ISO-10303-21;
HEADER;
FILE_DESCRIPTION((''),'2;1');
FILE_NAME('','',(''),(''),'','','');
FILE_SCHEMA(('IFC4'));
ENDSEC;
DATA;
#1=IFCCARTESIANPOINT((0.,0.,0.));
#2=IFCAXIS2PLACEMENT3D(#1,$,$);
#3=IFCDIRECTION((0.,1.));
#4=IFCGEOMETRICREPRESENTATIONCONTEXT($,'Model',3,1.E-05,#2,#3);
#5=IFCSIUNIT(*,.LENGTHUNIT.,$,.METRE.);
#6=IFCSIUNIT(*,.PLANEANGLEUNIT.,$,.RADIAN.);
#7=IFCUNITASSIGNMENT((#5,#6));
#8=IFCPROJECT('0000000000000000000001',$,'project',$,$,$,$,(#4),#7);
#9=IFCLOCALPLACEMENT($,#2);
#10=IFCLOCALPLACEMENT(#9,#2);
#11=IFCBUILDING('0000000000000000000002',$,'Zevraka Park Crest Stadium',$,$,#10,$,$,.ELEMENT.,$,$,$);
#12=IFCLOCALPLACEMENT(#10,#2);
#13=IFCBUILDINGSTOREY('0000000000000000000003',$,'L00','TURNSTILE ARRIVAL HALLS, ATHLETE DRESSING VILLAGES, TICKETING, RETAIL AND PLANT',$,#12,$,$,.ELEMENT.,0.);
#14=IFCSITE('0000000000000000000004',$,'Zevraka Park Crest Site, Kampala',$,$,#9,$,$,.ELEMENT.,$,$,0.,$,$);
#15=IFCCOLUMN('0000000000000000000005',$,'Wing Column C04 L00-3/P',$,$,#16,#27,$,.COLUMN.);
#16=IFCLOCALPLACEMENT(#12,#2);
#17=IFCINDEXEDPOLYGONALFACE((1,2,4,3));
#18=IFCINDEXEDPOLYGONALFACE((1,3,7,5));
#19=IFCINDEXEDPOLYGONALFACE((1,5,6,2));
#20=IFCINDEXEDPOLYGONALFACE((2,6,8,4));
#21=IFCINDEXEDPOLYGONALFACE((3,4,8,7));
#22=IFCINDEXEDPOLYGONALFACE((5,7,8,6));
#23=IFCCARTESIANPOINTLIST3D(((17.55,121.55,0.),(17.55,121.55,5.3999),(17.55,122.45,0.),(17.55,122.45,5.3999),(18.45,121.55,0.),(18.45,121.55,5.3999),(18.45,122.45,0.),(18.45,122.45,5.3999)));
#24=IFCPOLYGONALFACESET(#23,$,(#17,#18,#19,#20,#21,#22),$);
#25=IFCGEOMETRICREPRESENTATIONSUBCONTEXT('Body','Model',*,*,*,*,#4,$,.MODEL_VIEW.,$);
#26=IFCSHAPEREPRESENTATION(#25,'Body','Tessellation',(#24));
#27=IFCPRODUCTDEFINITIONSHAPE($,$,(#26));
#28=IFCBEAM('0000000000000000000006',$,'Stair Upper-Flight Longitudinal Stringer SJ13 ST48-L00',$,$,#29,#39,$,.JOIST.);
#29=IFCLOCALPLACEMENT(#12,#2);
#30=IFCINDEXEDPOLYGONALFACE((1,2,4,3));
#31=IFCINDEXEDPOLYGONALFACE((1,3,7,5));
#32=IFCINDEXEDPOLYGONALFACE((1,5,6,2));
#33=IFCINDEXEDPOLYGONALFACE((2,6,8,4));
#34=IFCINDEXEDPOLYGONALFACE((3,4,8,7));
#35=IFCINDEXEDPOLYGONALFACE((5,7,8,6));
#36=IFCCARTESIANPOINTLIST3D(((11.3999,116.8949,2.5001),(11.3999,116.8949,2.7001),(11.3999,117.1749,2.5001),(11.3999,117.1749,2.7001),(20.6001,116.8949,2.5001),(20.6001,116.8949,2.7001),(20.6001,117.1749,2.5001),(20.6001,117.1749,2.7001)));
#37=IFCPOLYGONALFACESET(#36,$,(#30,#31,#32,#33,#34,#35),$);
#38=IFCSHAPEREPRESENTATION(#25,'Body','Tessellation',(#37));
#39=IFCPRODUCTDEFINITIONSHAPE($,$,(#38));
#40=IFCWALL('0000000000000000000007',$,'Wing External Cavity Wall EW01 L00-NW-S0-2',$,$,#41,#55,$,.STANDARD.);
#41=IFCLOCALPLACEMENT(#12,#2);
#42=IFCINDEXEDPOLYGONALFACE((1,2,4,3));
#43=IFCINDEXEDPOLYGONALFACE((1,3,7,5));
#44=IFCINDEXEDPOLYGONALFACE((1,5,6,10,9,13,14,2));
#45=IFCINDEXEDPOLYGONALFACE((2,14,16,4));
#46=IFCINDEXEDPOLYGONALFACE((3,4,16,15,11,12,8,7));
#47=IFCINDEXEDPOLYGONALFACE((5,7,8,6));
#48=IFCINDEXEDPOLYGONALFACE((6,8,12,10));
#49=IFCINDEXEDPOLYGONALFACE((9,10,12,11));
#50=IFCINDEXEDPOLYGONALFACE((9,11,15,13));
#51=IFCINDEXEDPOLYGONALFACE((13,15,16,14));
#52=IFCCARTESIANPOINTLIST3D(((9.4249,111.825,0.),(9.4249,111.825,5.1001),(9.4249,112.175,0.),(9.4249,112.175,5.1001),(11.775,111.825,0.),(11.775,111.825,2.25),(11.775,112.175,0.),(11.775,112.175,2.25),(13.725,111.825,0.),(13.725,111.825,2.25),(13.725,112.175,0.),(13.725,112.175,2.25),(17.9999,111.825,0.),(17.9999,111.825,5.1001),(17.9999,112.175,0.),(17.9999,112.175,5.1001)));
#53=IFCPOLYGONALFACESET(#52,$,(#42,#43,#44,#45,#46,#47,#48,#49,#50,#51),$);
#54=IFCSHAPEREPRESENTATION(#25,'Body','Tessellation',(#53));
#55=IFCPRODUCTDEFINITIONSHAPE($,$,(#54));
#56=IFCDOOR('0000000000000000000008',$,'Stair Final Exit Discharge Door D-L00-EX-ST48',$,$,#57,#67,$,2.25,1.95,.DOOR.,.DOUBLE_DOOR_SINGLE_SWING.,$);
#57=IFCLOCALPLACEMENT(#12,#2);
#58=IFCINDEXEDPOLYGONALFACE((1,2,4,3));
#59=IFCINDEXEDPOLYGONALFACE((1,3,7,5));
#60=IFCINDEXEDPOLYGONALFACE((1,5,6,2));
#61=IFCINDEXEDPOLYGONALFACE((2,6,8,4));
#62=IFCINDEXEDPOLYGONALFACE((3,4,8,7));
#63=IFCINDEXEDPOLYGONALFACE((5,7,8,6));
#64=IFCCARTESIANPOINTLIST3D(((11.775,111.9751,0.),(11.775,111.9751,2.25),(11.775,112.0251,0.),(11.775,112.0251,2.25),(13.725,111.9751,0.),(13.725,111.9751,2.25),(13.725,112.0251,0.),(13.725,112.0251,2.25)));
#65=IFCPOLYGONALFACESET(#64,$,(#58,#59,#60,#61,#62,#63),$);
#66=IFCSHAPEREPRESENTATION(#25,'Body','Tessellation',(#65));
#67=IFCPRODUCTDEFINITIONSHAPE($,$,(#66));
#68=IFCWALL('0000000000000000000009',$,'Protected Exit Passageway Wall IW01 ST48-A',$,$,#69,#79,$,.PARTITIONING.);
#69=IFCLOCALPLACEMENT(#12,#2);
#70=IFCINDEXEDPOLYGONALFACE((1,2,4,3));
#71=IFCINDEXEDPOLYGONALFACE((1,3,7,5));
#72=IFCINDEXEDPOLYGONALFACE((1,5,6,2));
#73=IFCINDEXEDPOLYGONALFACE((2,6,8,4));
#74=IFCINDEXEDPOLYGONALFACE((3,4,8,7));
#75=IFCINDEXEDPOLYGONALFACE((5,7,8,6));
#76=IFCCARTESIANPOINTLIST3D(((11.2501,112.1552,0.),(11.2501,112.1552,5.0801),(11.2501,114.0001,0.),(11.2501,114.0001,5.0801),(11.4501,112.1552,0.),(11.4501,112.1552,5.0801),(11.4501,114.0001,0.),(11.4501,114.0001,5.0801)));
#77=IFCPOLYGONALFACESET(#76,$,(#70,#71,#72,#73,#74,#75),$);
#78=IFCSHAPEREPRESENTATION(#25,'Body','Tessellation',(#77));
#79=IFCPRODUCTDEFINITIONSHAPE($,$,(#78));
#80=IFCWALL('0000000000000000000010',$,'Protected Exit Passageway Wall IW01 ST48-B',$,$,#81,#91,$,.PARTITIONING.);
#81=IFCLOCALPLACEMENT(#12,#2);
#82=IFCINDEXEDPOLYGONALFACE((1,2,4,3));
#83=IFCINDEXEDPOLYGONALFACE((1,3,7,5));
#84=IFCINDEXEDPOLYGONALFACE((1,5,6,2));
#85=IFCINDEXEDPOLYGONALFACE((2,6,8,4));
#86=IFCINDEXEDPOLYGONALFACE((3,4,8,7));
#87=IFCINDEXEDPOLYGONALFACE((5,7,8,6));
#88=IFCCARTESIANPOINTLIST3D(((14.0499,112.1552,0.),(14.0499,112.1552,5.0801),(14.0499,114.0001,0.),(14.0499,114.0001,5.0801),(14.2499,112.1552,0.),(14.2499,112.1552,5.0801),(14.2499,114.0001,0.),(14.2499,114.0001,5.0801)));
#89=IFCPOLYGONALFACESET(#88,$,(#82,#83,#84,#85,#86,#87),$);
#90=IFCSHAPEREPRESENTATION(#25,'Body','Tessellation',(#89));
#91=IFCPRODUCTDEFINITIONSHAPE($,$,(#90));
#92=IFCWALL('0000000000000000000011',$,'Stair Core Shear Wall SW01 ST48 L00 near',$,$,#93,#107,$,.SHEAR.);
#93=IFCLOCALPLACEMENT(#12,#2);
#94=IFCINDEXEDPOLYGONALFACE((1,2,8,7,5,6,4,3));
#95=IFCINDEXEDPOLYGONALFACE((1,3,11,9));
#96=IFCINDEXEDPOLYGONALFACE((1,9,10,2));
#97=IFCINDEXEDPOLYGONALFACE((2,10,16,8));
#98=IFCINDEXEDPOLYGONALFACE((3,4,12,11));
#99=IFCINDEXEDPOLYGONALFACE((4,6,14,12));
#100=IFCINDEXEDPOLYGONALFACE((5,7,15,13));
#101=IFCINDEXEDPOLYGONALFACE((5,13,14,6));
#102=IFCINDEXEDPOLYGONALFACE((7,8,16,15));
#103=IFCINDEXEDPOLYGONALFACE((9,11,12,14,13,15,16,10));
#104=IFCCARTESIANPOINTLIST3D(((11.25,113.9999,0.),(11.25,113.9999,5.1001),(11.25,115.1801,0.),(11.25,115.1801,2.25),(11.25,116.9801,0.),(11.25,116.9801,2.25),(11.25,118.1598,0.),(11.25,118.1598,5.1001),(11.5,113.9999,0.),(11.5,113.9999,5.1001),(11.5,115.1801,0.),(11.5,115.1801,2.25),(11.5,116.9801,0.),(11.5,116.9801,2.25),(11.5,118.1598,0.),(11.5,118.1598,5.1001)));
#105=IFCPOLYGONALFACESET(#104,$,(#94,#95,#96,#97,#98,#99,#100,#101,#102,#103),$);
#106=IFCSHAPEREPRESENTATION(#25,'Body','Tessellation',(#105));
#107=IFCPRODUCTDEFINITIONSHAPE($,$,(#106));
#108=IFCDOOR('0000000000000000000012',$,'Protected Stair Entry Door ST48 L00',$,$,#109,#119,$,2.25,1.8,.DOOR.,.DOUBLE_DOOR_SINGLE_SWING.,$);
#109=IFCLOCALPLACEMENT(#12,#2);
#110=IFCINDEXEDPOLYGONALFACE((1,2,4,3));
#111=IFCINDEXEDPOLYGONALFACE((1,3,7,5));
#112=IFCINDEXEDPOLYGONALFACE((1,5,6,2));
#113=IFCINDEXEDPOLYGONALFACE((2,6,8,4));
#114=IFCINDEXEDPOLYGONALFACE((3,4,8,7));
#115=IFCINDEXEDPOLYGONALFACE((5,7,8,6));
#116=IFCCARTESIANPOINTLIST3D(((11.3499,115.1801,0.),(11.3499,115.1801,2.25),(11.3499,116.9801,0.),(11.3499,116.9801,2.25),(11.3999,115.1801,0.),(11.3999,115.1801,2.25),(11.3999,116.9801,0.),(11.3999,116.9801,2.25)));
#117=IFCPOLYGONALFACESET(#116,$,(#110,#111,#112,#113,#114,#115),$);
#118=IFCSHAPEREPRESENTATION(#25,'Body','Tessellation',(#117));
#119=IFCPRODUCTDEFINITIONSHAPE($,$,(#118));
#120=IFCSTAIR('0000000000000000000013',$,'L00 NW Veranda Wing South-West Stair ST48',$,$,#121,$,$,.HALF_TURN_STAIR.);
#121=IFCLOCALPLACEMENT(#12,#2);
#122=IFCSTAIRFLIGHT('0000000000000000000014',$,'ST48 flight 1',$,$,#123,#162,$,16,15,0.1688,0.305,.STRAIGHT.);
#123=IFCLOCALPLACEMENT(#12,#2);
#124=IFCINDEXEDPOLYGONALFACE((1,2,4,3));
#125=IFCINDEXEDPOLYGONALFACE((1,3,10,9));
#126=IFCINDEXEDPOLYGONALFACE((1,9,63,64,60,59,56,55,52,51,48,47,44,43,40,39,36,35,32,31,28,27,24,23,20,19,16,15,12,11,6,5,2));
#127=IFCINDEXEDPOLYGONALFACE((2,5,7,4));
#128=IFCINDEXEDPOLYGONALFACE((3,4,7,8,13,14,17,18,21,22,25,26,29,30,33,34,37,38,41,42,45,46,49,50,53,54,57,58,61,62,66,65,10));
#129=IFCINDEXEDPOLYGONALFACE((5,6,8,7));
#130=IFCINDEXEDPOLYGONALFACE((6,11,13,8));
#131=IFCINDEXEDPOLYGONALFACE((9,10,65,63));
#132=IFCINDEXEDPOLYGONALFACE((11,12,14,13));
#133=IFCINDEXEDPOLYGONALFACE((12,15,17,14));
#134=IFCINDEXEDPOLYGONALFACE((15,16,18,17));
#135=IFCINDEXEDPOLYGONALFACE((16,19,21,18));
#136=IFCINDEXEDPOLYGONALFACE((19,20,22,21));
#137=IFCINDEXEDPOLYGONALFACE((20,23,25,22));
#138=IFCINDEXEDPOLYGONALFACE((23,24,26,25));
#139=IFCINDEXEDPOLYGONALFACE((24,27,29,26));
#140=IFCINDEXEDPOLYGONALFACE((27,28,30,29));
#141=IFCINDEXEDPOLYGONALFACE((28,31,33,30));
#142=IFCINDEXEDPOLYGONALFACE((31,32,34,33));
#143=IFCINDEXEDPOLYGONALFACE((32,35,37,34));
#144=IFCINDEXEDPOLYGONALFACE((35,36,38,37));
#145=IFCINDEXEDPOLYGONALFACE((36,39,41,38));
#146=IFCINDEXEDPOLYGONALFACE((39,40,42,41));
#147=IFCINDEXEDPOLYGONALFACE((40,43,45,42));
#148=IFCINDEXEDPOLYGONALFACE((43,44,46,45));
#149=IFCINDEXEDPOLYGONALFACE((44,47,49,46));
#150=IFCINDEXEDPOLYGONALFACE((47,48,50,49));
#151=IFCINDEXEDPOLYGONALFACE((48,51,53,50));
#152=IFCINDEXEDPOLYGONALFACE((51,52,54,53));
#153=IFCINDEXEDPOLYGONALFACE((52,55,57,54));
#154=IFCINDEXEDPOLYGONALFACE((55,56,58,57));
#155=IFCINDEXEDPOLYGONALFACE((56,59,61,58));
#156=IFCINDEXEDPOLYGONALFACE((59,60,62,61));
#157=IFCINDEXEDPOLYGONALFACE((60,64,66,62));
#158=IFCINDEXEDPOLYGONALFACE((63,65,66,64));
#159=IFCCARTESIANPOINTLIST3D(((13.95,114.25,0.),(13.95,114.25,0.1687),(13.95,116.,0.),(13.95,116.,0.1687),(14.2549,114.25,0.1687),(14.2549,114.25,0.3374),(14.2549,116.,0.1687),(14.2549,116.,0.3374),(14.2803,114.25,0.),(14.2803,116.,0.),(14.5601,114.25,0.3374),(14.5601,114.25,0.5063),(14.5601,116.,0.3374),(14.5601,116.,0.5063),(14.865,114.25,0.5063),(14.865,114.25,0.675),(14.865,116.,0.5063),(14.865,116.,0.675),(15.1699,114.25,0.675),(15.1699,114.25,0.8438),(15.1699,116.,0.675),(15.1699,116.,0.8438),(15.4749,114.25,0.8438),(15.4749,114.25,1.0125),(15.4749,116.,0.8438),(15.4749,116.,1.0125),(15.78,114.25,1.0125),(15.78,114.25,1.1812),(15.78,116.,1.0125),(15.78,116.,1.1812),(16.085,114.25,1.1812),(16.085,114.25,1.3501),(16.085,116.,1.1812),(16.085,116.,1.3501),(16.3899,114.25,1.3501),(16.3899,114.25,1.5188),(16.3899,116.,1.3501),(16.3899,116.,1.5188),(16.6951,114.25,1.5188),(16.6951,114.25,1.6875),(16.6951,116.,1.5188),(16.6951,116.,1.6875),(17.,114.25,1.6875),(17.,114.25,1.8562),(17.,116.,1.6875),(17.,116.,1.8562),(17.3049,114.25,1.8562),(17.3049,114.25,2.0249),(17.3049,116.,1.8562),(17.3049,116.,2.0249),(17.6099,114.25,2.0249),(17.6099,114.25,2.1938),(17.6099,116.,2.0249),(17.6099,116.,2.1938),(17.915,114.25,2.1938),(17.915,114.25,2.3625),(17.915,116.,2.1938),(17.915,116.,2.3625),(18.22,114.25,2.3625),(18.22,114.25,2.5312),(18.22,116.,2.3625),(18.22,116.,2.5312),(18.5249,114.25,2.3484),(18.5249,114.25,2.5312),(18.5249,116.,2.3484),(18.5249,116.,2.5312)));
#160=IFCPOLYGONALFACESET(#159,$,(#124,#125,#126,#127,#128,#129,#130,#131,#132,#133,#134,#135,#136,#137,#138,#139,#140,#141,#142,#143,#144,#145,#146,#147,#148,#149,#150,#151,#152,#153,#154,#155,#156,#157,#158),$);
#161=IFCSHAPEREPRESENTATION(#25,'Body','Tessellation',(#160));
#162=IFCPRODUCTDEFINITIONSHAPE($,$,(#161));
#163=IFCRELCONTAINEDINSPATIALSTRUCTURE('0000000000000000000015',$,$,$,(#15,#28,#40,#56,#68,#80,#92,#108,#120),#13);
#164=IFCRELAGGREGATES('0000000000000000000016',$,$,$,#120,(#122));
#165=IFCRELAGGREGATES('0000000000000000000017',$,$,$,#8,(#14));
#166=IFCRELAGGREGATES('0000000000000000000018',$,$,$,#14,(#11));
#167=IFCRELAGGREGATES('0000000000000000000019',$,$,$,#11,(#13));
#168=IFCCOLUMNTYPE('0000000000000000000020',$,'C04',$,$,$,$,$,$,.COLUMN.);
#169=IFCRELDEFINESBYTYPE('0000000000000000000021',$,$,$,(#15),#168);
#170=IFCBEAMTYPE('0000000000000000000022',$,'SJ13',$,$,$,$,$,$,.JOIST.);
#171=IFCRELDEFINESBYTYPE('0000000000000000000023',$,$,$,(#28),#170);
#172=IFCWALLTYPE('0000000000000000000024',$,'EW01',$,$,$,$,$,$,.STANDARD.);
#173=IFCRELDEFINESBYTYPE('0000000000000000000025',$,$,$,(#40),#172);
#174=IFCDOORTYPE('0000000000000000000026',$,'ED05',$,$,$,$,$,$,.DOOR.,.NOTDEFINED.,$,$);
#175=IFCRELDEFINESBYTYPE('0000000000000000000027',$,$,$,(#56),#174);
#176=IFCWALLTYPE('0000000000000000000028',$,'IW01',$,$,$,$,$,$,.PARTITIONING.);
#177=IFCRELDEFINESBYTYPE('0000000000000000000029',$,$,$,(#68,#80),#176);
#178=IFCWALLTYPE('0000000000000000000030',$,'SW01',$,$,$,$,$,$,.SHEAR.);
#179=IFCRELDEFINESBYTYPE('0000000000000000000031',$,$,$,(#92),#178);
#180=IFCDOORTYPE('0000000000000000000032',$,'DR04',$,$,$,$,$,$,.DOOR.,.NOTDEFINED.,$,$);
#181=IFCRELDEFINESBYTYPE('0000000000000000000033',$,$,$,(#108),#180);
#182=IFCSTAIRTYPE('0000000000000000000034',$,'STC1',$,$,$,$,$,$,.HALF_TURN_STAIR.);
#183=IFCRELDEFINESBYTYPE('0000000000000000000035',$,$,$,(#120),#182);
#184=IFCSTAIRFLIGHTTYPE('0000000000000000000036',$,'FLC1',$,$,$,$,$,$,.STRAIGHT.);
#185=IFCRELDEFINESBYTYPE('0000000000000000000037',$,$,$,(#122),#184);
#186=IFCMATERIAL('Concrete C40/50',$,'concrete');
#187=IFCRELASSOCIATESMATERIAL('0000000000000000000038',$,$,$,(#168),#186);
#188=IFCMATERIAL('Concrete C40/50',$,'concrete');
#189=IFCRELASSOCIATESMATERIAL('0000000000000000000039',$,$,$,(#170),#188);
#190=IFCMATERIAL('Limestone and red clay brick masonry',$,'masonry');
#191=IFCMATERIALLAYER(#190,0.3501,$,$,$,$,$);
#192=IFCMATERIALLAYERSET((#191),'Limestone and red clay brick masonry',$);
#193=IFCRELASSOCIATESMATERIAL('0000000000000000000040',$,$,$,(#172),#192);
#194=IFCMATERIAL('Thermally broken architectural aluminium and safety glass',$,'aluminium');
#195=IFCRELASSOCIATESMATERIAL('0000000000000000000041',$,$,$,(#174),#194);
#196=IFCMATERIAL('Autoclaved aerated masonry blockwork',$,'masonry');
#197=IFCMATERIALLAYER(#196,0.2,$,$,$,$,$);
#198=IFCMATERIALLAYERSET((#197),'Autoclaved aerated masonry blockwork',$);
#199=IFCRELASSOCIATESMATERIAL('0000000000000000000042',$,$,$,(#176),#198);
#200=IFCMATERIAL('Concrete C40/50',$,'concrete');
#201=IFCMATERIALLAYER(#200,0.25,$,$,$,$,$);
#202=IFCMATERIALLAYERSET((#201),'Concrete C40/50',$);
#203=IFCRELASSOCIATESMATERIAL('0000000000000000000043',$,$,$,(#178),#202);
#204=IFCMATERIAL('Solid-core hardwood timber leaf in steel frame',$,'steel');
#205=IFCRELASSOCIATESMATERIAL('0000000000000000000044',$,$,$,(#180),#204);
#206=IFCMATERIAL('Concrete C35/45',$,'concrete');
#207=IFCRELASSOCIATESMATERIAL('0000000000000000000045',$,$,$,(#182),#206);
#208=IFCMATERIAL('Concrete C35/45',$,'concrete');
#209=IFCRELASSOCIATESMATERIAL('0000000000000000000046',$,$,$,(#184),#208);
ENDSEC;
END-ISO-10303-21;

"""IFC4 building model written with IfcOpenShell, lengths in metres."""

from ifc_helpers import new_model, si_unit, direction, frame, frame_2d, origin, origin_2d, place, context, subcontext, project, spatial, polyline, rectangle, outline, extrude, material, layer, layer_set, material_profile, profile_set, type_object, element, fill, aggregate, save


model = new_model("IFC4")

# Units and contexts
model_context = context("Model", 3, precision=1e-05, world=origin(), true_north=direction((0.0, 1.0)))
body_context = subcontext(model_context, "Body", "Model", "MODEL_VIEW")
ifc_project = project(units=[si_unit("LENGTHUNIT", "METRE"), si_unit("PLANEANGLEUNIT", "RADIAN")], contexts=[model_context])

# Site, building, storey
site_placement = place(None, origin())
site = spatial("IfcSite", under=ifc_project, at=site_placement, Name="Zevraka Park Crest Site, Kampala", CompositionType="ELEMENT", RefElevation=0.0)
building_placement = place(site_placement, origin())
building = spatial("IfcBuilding", under=site, at=building_placement, Name="Zevraka Park Crest Stadium", CompositionType="ELEMENT")
storey_placement = place(building_placement, origin())
storey = spatial("IfcBuildingStorey", under=building, at=storey_placement, Name="L00", Description="TURNSTILE ARRIVAL HALLS, ATHLETE DRESSING VILLAGES, TICKETING, RETAIL AND PLANT", CompositionType="ELEMENT", Elevation=0.0)

# Column
ifc_material_1 = material(Name="Concrete C40/50", Category="concrete")
ifc_material_profile_1 = material_profile(ifc_material_1, rectangle(XDim=0.8999, YDim=0.8999, at=origin_2d()), Name="RC 900x900")
ifc_profile_set_1 = profile_set([ifc_material_profile_1], Name="Concrete C40/50")
column_type = type_object("IfcColumnType", Name="C04", PredefinedType="COLUMN", material=ifc_profile_set_1)
for number, where, z_axis, x_axis, name in (
    (1, (18.0, 122.0, 0.0), (0.0, 0.0, 1.0), (1.0, 0.0, 0.0), "Wing Column C04 L00-3/P"),
):
    element("IfcColumn", number, at=place(storey_placement, frame(where, z_axis=z_axis, x_axis=x_axis)), inside=storey, type_object=column_type, Name=name, PredefinedType="COLUMN", context=body_context, shape_type="SweptSolid", body=[
        extrude(rectangle(XDim=0.8999, YDim=0.8999, at=origin_2d()), origin(), (0.0, 0.0, 1.0), 5.3999),
    ])

# Beam
ifc_material_2 = material(Name="Concrete C40/50", Category="concrete")
ifc_material_profile_2 = material_profile(ifc_material_2, rectangle(XDim=0.28, YDim=0.2, at=origin_2d()), Name="RC 200x280")
ifc_profile_set_2 = profile_set([ifc_material_profile_2], Name="Concrete C40/50")
beam_type = type_object("IfcBeamType", Name="SJ13", PredefinedType="JOIST", material=ifc_profile_set_2)
beam_placement = place(storey_placement, frame((11.3999, 117.0349, 2.6001), z_axis=(1.0, 0.0, 0.0), x_axis=(0.0, 1.0, 0.0)))
element("IfcBeam", 2, at=beam_placement, inside=storey, type_object=beam_type, Name="Stair Upper-Flight Longitudinal Stringer SJ13 ST48-L00", PredefinedType="JOIST", context=body_context, shape_type="SweptSolid", body=[
    extrude(rectangle(XDim=0.28, YDim=0.2, at=origin_2d()), origin(), (0.0, 0.0, 1.0), 9.2002),
])

# Wall, opening, door
ifc_material_3 = material(Name="Limestone and red clay brick masonry", Category="masonry")
ifc_layer_1 = layer(ifc_material_3, 0.3501)
ifc_layer_set_1 = layer_set([ifc_layer_1], Name="Limestone and red clay brick masonry")
wall_type_1 = type_object("IfcWallType", Name="EW01", PredefinedType="STANDARD", material=ifc_layer_set_1)
wall_1_placement = place(storey_placement, frame((18.0, 112.0, 0.0), z_axis=(0.0, 0.0, 1.0), x_axis=(-1.0, 0.0, 0.0)))
wall_1 = element("IfcWall", 3, at=wall_1_placement, inside=storey, type_object=wall_type_1, Name="Wing External Cavity Wall EW01 L00-NW-S0-2", PredefinedType="STANDARD", context=body_context, shape_type="SweptSolid", body=[
    extrude(rectangle(XDim=8.575, YDim=0.3501, at=frame_2d((4.2876, 0.0))), origin(), (0.0, 0.0, 1.0), 5.1001),
])
opening_1_placement = place(wall_1_placement, frame((4.2749, 0.0, 0.0)))
opening_1 = element("IfcOpeningElement", 4, at=opening_1_placement, cuts=wall_1, PredefinedType="OPENING", context=body_context, shape_type="SweptSolid", body=[
    extrude(rectangle(XDim=1.95, YDim=2.25, at=frame_2d((0.9751, 1.125))), frame((0.0, 0.1851, 0.0), z_axis=(0.0, -1.0, 0.0), x_axis=(1.0, 0.0, 0.0)), (0.0, 0.0, 1.0), 0.3701),
])
ifc_material_4 = material(Name="Thermally broken architectural aluminium and safety glass", Category="aluminium")
door_type_1 = type_object("IfcDoorType", Name="ED05", OperationType="NOTDEFINED", PredefinedType="DOOR", material=ifc_material_4)
door_1_placement = place(opening_1_placement, origin())
door_1 = element("IfcDoor", 5, at=door_1_placement, inside=storey, type_object=door_type_1, Name="Stair Final Exit Discharge Door D-L00-EX-ST48", OperationType="DOUBLE_DOOR_SINGLE_SWING", OverallHeight=2.25, OverallWidth=1.95, PredefinedType="DOOR", context=body_context, shape_type="SweptSolid", body=[
    extrude(rectangle(XDim=1.95, YDim=2.25, at=frame_2d((0.9751, 1.125))), frame((0.0, 0.0249, 0.0), z_axis=(0.0, -1.0, 0.0), x_axis=(1.0, 0.0, 0.0)), (0.0, 0.0, 1.0), 0.05),
])
fill(opening_1, door_1)

# Walls
ifc_material_5 = material(Name="Autoclaved aerated masonry blockwork", Category="masonry")
ifc_layer_2 = layer(ifc_material_5, 0.2)
ifc_layer_set_2 = layer_set([ifc_layer_2], Name="Autoclaved aerated masonry blockwork")
wall_type_2 = type_object("IfcWallType", Name="IW01", PredefinedType="PARTITIONING", material=ifc_layer_set_2)
for number, where, z_axis, x_axis, name in (
    (6, (11.3501, 114.0, 0.0), (0.0, 0.0, 1.0), (0.0, -1.0, 0.0), "Protected Exit Passageway Wall IW01 ST48-A"),
    (7, (14.1499, 114.0, 0.0), (0.0, 0.0, 1.0), (0.0, -1.0, 0.0), "Protected Exit Passageway Wall IW01 ST48-B"),
):
    element("IfcWall", number, at=place(storey_placement, frame(where, z_axis=z_axis, x_axis=x_axis)), inside=storey, type_object=wall_type_2, Name=name, PredefinedType="PARTITIONING", context=body_context, shape_type="SweptSolid", body=[
        extrude(rectangle(XDim=1.845, YDim=0.2, at=frame_2d((0.9224, 0.0))), origin(), (0.0, 0.0, 1.0), 5.0801),
    ])

# Wall, opening, door
ifc_material_6 = material(Name="Concrete C40/50", Category="concrete")
ifc_layer_3 = layer(ifc_material_6, 0.25)
ifc_layer_set_3 = layer_set([ifc_layer_3], Name="Concrete C40/50")
wall_type_3 = type_object("IfcWallType", Name="SW01", PredefinedType="SHEAR", material=ifc_layer_set_3)
wall_2_placement = place(storey_placement, frame((11.375, 118.1599, 0.0), z_axis=(0.0, 0.0, 1.0), x_axis=(0.0, -1.0, 0.0)))
wall_2 = element("IfcWall", 8, at=wall_2_placement, inside=storey, type_object=wall_type_3, Name="Stair Core Shear Wall SW01 ST48 L00 near", PredefinedType="SHEAR", context=body_context, shape_type="SweptSolid", body=[
    extrude(rectangle(XDim=4.1599, YDim=0.25, at=frame_2d((2.0801, 0.0))), origin(), (0.0, 0.0, 1.0), 5.1001),
])
opening_2_placement = place(wall_2_placement, frame((1.1799, 0.0, 0.0)))
opening_2 = element("IfcOpeningElement", 9, at=opening_2_placement, cuts=wall_2, PredefinedType="OPENING", context=body_context, shape_type="SweptSolid", body=[
    extrude(rectangle(XDim=1.8, YDim=2.25, at=frame_2d((0.8999, 1.125))), frame((0.0, 0.135, 0.0), z_axis=(0.0, -1.0, 0.0), x_axis=(1.0, 0.0, 0.0)), (0.0, 0.0, 1.0), 0.27),
])
ifc_material_7 = material(Name="Solid-core hardwood timber leaf in steel frame", Category="steel")
door_type_2 = type_object("IfcDoorType", Name="DR04", OperationType="NOTDEFINED", PredefinedType="DOOR", material=ifc_material_7)
door_2_placement = place(opening_2_placement, origin())
door_2 = element("IfcDoor", 10, at=door_2_placement, inside=storey, type_object=door_type_2, Name="Protected Stair Entry Door ST48 L00", OperationType="DOUBLE_DOOR_SINGLE_SWING", OverallHeight=2.25, OverallWidth=1.8, PredefinedType="DOOR", context=body_context, shape_type="SweptSolid", body=[
    extrude(rectangle(XDim=1.8, YDim=2.25, at=frame_2d((0.8999, 1.125))), frame((0.0, 0.0249, 0.0), z_axis=(0.0, -1.0, 0.0), x_axis=(1.0, 0.0, 0.0)), (0.0, 0.0, 1.0), 0.05),
])
fill(opening_2, door_2)

# Stair, stair flight
ifc_material_8 = material(Name="Concrete C35/45", Category="concrete")
stair_type = type_object("IfcStairType", Name="STC1", PredefinedType="HALF_TURN_STAIR", material=ifc_material_8)
stair_placement = place(storey_placement, origin())
stair = element("IfcStair", 11, at=stair_placement, inside=storey, type_object=stair_type, Name="L00 NW Veranda Wing South-West Stair ST48", PredefinedType="HALF_TURN_STAIR")
ifc_material_9 = material(Name="Concrete C35/45", Category="concrete")
stair_flight_type = type_object("IfcStairFlightType", Name="FLC1", PredefinedType="STRAIGHT", material=ifc_material_9)
stair_flight_placement = place(storey_placement, frame((13.95, 115.125, 0.0), z_axis=(0.0, 0.0, 1.0), x_axis=(1.0, 0.0, 0.0)))
stair_flight = element("IfcStairFlight", 12, at=stair_flight_placement, type_object=stair_flight_type, Name="ST48 flight 1", NumberOfRisers=16, NumberOfTreads=15, PredefinedType="STRAIGHT", RiserHeight=0.1688, TreadLength=0.305, context=body_context, shape_type="SweptSolid", body=[
    extrude(outline(polyline([(0.0, 0.0), (0.0, 0.1687), (0.3049, 0.1687), (0.3049, 0.3374), (0.6101, 0.3374), (0.6101, 0.5063), (0.915, 0.5063), (0.915, 0.675), (1.22, 0.675), (1.22, 0.8438), (1.5249, 0.8438), (1.5249, 1.0125), (1.8301, 1.0125), (1.8301, 1.1812), (2.135, 1.1812), (2.135, 1.3501), (2.4399, 1.3501), (2.4399, 1.5188), (2.7451, 1.5188), (2.7451, 1.6875), (3.05, 1.6875), (3.05, 1.8562), (3.355, 1.8562), (3.355, 2.0249), (3.6599, 2.0249), (3.6599, 2.1938), (3.9651, 2.1938), (3.9651, 2.3625), (4.27, 2.3625), (4.27, 2.5312), (4.575, 2.5312), (4.575, 2.7), (4.575, 2.3484), (0.3303, 0.0), (0.0, 0.0)])), frame((0.0, 0.875, 0.0), z_axis=(0.0, -1.0, 0.0), x_axis=(1.0, 0.0, 0.0)), (0.0, 0.0, 1.0), 1.75),
])
aggregate(stair, [stair_flight])

save(model, "model.ifc")
